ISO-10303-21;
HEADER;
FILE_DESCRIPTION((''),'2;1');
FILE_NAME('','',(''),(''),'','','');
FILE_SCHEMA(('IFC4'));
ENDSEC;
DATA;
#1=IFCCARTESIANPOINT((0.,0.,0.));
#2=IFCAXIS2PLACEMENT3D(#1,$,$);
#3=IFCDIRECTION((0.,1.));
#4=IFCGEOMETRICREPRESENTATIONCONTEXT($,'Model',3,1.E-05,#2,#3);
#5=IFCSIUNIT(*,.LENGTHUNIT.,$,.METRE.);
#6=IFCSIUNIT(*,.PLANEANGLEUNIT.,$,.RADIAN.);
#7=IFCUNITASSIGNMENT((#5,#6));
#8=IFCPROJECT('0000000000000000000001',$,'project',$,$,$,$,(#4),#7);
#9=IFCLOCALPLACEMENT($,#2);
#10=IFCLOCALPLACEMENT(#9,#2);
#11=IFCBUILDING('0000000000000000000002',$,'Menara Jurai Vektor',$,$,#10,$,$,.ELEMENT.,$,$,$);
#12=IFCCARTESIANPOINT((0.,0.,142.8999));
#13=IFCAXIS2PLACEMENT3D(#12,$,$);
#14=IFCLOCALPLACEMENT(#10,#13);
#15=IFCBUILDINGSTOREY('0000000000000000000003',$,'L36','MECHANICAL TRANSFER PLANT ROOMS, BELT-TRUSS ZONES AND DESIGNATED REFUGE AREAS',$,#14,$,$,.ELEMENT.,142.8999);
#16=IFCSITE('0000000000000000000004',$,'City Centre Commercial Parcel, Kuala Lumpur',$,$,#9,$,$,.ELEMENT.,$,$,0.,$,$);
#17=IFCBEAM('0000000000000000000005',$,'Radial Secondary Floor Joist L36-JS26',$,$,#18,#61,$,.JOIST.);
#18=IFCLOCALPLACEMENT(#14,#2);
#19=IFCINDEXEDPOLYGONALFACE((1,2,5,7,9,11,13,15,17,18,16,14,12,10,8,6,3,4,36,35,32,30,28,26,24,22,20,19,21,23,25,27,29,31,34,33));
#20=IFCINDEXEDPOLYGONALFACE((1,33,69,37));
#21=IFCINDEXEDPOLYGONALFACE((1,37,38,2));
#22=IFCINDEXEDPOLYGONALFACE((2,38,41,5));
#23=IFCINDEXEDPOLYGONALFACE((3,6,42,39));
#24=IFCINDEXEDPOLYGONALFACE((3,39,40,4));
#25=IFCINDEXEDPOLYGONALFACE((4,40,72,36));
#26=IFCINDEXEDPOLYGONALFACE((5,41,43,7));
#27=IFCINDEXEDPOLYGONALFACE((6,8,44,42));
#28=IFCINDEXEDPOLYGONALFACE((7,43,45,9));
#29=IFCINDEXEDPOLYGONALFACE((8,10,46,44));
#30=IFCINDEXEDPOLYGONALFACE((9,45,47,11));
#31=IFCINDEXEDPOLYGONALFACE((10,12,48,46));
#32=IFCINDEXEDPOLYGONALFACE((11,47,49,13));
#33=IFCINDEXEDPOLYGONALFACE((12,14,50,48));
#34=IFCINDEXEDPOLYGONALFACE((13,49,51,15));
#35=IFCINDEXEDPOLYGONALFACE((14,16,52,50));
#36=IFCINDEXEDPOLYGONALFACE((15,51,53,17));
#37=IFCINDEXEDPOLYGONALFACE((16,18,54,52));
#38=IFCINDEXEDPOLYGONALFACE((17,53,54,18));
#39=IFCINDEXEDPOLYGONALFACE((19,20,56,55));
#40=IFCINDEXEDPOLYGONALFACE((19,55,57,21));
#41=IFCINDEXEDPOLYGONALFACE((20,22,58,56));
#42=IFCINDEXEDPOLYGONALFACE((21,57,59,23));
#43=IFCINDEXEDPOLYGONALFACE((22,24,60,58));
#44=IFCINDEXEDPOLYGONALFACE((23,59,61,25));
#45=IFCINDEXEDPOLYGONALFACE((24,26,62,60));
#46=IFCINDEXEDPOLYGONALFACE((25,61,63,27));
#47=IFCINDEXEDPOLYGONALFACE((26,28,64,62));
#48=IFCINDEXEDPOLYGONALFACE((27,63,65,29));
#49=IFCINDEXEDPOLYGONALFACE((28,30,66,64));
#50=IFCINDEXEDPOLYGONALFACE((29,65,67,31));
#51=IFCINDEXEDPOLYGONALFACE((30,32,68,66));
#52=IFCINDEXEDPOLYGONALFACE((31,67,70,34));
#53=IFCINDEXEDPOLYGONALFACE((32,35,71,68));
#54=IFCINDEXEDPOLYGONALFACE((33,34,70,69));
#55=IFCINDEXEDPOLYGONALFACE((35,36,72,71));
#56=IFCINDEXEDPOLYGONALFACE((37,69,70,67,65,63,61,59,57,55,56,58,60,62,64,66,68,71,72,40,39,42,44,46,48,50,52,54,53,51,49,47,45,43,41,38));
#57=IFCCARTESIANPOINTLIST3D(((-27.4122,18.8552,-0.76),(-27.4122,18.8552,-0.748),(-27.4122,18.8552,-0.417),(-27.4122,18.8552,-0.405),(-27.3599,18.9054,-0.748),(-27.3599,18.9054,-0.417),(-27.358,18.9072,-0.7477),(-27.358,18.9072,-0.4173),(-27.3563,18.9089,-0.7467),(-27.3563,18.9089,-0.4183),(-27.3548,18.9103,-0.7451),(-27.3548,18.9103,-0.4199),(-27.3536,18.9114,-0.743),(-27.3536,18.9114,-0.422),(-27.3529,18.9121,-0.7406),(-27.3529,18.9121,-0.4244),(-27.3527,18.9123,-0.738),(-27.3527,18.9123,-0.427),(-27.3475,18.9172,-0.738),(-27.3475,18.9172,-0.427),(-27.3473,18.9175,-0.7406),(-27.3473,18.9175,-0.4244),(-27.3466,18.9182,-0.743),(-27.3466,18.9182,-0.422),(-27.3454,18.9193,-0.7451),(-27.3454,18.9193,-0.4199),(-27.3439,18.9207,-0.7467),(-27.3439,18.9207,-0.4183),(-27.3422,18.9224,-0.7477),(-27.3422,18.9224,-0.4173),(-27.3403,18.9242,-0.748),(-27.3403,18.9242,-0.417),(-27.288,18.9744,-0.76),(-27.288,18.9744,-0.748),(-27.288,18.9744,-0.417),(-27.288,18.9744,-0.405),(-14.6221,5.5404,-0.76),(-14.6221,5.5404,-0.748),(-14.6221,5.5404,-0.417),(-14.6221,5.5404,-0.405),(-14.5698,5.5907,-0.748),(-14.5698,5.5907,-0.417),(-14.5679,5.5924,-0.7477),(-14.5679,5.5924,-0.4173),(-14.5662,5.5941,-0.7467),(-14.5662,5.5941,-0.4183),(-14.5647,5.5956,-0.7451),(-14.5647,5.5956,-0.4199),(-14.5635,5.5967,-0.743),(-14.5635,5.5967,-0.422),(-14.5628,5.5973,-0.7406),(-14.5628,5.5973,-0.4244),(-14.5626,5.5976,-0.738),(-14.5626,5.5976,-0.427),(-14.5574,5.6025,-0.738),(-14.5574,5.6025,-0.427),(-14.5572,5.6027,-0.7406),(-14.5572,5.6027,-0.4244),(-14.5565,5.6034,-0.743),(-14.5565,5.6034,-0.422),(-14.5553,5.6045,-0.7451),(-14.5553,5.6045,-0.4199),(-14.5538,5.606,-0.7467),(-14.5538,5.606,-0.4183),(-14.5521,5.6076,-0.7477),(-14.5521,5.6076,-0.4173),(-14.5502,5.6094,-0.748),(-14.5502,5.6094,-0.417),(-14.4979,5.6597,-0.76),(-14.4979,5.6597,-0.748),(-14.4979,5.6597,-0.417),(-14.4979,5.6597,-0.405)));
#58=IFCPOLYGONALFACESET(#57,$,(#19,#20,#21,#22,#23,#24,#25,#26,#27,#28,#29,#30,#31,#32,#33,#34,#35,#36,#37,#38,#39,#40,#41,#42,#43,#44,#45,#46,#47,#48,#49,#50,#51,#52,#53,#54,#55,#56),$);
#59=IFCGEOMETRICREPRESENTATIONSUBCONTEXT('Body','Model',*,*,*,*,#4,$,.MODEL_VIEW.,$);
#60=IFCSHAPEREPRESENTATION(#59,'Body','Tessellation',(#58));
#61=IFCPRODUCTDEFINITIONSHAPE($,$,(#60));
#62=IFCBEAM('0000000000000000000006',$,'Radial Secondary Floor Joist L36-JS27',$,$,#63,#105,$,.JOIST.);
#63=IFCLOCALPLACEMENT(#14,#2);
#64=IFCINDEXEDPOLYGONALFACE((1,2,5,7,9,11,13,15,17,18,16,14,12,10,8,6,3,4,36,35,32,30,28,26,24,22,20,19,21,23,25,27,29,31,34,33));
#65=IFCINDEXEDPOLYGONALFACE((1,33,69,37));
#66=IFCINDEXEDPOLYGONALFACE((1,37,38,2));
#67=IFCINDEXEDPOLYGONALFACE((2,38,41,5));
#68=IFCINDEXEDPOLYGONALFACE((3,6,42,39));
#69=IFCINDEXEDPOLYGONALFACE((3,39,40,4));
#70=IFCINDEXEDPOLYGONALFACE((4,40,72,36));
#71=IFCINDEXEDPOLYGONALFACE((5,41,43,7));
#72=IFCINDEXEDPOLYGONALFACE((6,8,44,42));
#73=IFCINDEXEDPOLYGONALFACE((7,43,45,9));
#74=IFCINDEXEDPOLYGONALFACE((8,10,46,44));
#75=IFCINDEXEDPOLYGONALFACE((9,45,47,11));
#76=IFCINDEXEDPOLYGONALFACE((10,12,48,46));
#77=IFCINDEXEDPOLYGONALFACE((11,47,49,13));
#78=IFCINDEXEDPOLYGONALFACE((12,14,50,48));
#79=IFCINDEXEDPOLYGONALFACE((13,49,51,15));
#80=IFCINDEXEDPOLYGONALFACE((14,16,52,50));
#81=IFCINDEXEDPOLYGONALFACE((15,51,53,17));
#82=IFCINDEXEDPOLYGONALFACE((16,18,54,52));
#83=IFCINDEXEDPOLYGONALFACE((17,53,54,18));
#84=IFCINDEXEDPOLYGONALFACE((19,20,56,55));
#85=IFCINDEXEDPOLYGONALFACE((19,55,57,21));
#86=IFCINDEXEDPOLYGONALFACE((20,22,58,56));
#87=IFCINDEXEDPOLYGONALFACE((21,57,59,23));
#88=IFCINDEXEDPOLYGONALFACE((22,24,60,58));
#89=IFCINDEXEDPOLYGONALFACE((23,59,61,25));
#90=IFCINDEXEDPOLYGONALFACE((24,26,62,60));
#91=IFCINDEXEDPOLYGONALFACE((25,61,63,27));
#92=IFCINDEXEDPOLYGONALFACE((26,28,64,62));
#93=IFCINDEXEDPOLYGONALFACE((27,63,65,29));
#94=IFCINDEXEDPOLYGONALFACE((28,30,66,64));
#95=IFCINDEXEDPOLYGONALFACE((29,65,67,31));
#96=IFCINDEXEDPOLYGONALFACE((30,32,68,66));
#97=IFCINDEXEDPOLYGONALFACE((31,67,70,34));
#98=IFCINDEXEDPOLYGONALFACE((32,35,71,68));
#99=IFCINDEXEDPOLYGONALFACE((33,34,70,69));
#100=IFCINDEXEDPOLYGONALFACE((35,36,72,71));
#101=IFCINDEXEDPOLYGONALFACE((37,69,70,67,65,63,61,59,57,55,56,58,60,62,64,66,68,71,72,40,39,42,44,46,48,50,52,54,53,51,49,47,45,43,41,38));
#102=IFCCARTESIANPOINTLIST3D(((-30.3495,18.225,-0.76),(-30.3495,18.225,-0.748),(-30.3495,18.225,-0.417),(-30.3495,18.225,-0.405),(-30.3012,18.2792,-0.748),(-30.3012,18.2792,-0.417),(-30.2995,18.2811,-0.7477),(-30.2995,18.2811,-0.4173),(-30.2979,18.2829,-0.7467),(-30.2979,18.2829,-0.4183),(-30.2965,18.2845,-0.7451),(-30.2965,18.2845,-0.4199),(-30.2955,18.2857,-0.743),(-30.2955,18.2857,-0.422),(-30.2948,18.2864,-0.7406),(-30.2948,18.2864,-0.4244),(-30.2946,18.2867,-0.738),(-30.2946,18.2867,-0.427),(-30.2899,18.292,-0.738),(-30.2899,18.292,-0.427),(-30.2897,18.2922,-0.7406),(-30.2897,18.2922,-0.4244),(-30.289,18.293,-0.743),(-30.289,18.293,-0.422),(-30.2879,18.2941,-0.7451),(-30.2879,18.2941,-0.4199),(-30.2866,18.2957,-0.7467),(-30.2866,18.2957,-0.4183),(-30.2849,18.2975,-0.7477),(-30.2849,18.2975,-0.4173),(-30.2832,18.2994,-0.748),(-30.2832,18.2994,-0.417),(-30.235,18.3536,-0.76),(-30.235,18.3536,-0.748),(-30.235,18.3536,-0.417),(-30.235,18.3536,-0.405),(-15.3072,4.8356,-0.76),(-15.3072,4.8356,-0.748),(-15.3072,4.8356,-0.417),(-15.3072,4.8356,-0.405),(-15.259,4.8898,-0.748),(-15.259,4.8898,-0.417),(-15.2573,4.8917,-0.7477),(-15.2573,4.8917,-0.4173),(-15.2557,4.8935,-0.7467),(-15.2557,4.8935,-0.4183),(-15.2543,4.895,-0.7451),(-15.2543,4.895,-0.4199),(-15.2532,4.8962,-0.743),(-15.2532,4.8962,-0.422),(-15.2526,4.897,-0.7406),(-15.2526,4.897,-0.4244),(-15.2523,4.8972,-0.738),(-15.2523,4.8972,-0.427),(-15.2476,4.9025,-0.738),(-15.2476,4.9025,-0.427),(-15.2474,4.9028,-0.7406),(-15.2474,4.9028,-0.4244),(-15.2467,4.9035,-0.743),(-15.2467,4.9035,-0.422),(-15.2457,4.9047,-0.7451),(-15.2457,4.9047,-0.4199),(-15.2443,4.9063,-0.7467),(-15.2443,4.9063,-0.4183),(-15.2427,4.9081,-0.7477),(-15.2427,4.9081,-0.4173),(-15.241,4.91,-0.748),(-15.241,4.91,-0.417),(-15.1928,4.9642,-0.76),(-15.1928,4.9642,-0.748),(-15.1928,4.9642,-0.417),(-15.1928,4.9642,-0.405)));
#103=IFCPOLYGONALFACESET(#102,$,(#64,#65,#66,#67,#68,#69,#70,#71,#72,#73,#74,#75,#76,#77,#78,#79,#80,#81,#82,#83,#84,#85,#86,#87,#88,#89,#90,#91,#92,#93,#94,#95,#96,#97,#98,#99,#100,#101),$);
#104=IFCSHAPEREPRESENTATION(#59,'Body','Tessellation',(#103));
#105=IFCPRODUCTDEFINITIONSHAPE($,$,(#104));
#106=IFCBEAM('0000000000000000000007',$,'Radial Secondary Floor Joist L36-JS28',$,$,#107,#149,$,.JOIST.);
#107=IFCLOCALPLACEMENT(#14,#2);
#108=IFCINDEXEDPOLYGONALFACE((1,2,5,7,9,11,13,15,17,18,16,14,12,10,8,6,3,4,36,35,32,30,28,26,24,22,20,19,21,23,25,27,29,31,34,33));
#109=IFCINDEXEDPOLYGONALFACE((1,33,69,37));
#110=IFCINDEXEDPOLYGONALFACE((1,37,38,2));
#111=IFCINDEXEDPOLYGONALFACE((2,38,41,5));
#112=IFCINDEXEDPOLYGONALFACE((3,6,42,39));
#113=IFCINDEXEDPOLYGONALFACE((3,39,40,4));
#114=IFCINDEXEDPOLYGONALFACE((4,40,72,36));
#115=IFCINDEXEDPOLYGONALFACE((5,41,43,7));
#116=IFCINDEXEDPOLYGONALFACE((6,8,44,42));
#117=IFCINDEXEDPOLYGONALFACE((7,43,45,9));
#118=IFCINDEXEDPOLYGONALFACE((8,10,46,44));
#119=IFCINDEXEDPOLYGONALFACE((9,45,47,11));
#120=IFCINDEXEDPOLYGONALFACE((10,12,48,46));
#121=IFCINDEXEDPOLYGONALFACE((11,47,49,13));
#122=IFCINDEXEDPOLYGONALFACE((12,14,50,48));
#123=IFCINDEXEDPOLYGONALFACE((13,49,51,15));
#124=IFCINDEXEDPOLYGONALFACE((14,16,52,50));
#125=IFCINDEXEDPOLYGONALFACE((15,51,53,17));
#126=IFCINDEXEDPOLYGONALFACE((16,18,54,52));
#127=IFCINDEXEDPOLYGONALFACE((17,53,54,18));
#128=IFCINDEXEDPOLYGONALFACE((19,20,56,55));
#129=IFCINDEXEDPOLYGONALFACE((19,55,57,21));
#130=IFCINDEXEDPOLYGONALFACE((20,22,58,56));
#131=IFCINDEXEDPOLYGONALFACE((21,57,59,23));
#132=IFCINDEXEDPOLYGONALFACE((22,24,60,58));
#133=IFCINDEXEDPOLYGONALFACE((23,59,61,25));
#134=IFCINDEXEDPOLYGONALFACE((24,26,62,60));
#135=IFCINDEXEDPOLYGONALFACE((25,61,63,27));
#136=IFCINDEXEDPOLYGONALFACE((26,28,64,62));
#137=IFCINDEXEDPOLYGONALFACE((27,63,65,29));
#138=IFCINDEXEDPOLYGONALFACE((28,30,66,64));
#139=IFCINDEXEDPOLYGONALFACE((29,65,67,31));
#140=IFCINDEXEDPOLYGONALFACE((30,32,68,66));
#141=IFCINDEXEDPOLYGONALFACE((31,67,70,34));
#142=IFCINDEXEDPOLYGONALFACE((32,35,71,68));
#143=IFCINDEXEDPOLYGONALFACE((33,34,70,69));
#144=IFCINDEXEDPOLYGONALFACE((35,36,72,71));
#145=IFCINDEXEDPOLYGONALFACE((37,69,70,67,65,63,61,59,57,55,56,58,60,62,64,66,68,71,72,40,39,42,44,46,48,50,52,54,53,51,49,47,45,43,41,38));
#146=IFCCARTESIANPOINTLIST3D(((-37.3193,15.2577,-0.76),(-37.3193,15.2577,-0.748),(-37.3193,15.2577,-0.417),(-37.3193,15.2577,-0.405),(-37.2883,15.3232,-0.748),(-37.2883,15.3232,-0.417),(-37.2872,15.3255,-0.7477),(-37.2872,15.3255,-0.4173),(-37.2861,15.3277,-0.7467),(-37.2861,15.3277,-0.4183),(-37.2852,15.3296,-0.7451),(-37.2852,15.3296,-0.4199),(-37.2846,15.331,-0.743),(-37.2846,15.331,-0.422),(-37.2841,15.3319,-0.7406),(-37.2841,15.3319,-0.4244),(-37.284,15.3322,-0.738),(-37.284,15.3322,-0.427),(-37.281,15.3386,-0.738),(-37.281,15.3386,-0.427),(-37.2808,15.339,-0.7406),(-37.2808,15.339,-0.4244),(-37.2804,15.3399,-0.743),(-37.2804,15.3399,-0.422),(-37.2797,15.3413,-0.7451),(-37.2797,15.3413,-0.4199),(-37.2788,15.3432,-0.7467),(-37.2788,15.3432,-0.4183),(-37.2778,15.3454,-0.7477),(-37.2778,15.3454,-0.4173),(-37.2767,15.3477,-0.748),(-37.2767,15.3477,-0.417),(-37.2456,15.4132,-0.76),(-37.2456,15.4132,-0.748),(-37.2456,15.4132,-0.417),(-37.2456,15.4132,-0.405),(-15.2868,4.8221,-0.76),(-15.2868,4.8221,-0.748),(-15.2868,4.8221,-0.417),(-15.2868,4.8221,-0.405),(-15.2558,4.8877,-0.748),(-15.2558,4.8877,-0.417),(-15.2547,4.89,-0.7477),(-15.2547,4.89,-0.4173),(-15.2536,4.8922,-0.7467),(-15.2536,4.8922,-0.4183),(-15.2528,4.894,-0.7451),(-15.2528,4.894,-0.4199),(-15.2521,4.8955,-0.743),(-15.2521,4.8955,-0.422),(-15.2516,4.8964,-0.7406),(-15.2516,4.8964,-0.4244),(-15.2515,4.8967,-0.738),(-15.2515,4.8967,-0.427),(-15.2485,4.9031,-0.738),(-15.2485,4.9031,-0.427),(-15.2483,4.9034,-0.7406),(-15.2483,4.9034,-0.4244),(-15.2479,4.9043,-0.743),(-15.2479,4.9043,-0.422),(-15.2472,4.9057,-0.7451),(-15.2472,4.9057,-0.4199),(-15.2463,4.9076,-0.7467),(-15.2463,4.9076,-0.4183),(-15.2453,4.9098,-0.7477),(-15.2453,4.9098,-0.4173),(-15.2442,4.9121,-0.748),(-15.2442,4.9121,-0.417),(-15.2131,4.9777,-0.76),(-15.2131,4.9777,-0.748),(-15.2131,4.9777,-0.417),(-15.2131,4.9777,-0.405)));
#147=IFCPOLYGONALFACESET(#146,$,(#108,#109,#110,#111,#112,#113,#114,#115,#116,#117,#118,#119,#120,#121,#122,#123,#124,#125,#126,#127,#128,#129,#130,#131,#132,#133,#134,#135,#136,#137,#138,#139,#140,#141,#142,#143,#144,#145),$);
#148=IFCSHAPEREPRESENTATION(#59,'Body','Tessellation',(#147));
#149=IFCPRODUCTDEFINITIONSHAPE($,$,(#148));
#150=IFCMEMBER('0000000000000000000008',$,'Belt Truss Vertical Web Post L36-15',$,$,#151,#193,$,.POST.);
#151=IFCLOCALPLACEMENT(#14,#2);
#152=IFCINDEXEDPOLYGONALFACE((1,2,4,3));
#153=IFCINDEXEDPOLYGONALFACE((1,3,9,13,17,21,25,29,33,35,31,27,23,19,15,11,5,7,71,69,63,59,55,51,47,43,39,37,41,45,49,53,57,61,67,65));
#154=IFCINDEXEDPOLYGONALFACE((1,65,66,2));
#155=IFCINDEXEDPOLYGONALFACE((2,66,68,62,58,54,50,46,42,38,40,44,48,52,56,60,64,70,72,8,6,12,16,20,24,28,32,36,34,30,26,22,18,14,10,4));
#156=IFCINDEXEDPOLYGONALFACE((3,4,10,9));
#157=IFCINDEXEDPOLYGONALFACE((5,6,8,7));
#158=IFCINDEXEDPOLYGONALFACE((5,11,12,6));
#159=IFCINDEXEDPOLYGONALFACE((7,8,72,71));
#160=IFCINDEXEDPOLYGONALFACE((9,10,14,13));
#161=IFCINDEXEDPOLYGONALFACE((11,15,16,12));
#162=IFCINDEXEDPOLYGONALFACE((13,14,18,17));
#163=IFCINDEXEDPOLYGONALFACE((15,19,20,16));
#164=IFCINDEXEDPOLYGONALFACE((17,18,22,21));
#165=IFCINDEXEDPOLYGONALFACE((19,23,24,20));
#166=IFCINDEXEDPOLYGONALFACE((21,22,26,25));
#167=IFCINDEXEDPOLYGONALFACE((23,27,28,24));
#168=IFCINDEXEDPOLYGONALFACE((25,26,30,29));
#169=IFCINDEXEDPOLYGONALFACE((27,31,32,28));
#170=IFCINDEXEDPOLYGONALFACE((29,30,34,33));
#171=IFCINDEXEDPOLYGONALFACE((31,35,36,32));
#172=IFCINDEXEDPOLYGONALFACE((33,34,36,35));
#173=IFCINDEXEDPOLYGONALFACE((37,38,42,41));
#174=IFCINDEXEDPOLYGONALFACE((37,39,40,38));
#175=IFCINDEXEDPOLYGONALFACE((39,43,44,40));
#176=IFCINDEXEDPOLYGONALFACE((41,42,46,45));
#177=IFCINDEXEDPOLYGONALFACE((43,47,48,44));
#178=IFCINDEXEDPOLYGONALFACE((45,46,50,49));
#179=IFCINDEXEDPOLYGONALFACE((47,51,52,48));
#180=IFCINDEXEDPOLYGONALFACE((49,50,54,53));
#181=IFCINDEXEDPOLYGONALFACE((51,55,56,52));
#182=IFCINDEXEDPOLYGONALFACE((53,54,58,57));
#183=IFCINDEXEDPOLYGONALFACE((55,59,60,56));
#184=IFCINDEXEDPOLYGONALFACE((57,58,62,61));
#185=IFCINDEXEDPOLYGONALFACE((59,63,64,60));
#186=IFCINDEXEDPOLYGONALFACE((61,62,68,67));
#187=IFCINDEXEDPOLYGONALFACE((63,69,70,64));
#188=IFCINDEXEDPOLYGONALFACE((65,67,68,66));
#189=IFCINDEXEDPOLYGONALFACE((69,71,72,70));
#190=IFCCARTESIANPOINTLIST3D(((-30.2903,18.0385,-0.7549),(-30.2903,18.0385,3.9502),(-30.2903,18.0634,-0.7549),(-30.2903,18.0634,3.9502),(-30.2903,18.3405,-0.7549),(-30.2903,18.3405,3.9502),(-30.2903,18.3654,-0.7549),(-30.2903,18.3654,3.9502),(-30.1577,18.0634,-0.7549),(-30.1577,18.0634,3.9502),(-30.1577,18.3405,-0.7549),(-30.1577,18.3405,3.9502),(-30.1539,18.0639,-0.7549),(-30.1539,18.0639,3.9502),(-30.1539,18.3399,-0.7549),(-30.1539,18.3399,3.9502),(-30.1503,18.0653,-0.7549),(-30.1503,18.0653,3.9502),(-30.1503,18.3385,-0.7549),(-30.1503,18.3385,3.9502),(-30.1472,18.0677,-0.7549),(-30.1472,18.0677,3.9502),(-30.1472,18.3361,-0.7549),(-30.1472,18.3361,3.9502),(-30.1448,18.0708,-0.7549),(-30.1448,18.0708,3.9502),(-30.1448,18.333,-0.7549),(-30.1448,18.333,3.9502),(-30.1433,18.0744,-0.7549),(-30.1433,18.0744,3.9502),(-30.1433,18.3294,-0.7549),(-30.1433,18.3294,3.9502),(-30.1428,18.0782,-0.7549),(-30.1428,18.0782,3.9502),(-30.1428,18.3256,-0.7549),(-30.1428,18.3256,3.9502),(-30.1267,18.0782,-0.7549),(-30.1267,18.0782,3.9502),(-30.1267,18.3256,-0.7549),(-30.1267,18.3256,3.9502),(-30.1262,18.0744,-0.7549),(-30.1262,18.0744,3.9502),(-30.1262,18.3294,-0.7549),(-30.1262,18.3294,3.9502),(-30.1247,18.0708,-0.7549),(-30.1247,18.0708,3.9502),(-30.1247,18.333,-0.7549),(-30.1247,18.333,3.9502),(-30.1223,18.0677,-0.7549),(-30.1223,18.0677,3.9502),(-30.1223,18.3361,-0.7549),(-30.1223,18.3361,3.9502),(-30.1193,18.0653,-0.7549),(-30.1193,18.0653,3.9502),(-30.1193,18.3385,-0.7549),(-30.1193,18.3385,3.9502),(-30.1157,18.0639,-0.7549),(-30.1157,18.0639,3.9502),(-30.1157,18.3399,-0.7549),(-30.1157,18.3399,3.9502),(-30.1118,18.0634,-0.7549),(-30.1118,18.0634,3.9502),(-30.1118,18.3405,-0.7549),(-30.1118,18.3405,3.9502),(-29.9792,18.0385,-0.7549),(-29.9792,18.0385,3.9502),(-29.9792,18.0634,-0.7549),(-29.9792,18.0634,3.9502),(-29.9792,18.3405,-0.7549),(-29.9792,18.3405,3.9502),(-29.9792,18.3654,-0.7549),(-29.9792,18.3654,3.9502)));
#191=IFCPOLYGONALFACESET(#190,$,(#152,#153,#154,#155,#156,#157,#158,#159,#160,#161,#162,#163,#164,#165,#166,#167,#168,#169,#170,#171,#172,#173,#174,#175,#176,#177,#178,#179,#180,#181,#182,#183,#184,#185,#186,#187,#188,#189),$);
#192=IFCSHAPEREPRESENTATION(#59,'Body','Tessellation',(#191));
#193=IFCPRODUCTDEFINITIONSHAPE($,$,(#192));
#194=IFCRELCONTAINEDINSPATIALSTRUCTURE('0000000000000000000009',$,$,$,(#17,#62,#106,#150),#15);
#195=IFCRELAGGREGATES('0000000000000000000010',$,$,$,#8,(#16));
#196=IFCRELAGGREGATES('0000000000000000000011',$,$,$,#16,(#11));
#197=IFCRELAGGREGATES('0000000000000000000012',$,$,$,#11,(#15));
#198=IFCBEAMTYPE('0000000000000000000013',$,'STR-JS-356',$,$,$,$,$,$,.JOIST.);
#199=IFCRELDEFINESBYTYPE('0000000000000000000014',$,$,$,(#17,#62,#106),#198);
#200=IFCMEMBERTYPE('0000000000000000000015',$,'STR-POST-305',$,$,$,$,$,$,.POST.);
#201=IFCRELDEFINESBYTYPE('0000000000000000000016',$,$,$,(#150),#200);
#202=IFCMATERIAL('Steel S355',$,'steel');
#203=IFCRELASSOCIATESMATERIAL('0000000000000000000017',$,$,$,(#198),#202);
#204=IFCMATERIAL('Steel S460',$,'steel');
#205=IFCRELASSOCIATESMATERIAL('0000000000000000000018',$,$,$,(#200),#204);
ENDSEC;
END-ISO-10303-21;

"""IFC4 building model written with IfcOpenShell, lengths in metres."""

from ifc_helpers import new_model, si_unit, direction, frame, origin, origin_2d, place, context, subcontext, project, spatial, i_section, extrude, material, material_profile, profile_set, type_object, element, save


model = new_model("IFC4")

# Units and contexts
model_context = context("Model", 3, precision=1e-05, world=origin(), true_north=direction((0.0, 1.0)))
body_context = subcontext(model_context, "Body", "Model", "MODEL_VIEW")
ifc_project = project(units=[si_unit("LENGTHUNIT", "METRE"), si_unit("PLANEANGLEUNIT", "RADIAN")], contexts=[model_context])

# Site, building, storey
site_placement = place(None, origin())
site = spatial("IfcSite", under=ifc_project, at=site_placement, Name="City Centre Commercial Parcel, Kuala Lumpur", CompositionType="ELEMENT", RefElevation=0.0)
building_placement = place(site_placement, origin())
building = spatial("IfcBuilding", under=site, at=building_placement, Name="Menara Jurai Vektor", CompositionType="ELEMENT")
storey_placement = place(building_placement, frame((0.0, 0.0, 142.8999)))
storey = spatial("IfcBuildingStorey", under=building, at=storey_placement, Name="L36", Description="MECHANICAL TRANSFER PLANT ROOMS, BELT-TRUSS ZONES AND DESIGNATED REFUGE AREAS", CompositionType="ELEMENT", Elevation=142.8999)

# Shared definitions
ifc_material_1 = material(Name="Steel S460", Category="steel")

# Shared definitions
ifc_material_2 = material(Name="Steel S355", Category="steel")

# Beams
ifc_material_profile_1 = material_profile(ifc_material_2, i_section(OverallWidth=0.1721, OverallDepth=0.355, WebThickness=0.0071, FlangeThickness=0.012, FilletRadius=0.01, at=origin_2d()), Name="UKB 356x171x51")
ifc_profile_set_1 = profile_set([ifc_material_profile_1], Name="Steel S355")
beam_type_1 = type_object("IfcBeamType", Name="STR-JS-356", PredefinedType="JOIST", material=ifc_profile_set_1)
beam_1_placement = place(storey_placement, frame((-27.3501, 18.9148, -0.5825), z_axis=(0.692755, -0.721173, 0.0), x_axis=(0.721173, 0.692755, 0.0)))
element("IfcBeam", 1, at=beam_1_placement, inside=storey, type_object=beam_type_1, Name="Radial Secondary Floor Joist L36-JS26", PredefinedType="JOIST", context=body_context, shape_type="SweptSolid", body=[
    extrude(i_section(OverallWidth=0.1721, OverallDepth=0.355, WebThickness=0.0071, FlangeThickness=0.012, FilletRadius=0.01, at=origin_2d()), origin(), (0.0, 0.0, 1.0), 18.4626),
])
beam_2_placement = place(storey_placement, frame((-30.2922, 18.2893, -0.5825), z_axis=(0.746952, -0.664878, 0.0), x_axis=(0.664878, 0.746952, 0.0)))
element("IfcBeam", 2, at=beam_2_placement, inside=storey, type_object=beam_type_1, Name="Radial Secondary Floor Joist L36-JS27", PredefinedType="JOIST", context=body_context, shape_type="SweptSolid", body=[
    extrude(i_section(OverallWidth=0.1721, OverallDepth=0.355, WebThickness=0.0071, FlangeThickness=0.012, FilletRadius=0.01, at=origin_2d()), origin(), (0.0, 0.0, 1.0), 20.1382),
])
beam_3_placement = place(storey_placement, frame((-37.2825, 15.3354, -0.5825), z_axis=(0.903752, -0.428057, 0.0), x_axis=(0.428057, 0.903752, 0.0)))
element("IfcBeam", 3, at=beam_3_placement, inside=storey, type_object=beam_type_1, Name="Radial Secondary Floor Joist L36-JS28", PredefinedType="JOIST", context=body_context, shape_type="SweptSolid", body=[
    extrude(i_section(OverallWidth=0.1721, OverallDepth=0.355, WebThickness=0.0071, FlangeThickness=0.012, FilletRadius=0.01, at=origin_2d()), origin(), (0.0, 0.0, 1.0), 24.3789),
])

# Member
ifc_material_profile_2 = material_profile(ifc_material_1, i_section(OverallWidth=0.311, OverallDepth=0.3269, WebThickness=0.0161, FlangeThickness=0.0249, FilletRadius=0.0149, at=origin_2d()), Name="UKC 305x305x158")
ifc_profile_set_2 = profile_set([ifc_material_profile_2], Name="Steel S460")
member_type_1 = type_object("IfcMemberType", Name="STR-POST-305", PredefinedType="POST", material=ifc_profile_set_2)
member_1_placement = place(storey_placement, frame((-30.1348, 18.2019, -0.7549), z_axis=(0.0, 0.0, 1.0), x_axis=(1.0, 0.0, 0.0)))
element("IfcMember", 4, at=member_1_placement, inside=storey, type_object=member_type_1, Name="Belt Truss Vertical Web Post L36-15", PredefinedType="POST", context=body_context, shape_type="SweptSolid", body=[
    extrude(i_section(OverallWidth=0.311, OverallDepth=0.3269, WebThickness=0.0161, FlangeThickness=0.0249, FilletRadius=0.0149, at=origin_2d()), origin(), (0.0, 0.0, 1.0), 4.7051),
])

save(model, "model.ifc")
